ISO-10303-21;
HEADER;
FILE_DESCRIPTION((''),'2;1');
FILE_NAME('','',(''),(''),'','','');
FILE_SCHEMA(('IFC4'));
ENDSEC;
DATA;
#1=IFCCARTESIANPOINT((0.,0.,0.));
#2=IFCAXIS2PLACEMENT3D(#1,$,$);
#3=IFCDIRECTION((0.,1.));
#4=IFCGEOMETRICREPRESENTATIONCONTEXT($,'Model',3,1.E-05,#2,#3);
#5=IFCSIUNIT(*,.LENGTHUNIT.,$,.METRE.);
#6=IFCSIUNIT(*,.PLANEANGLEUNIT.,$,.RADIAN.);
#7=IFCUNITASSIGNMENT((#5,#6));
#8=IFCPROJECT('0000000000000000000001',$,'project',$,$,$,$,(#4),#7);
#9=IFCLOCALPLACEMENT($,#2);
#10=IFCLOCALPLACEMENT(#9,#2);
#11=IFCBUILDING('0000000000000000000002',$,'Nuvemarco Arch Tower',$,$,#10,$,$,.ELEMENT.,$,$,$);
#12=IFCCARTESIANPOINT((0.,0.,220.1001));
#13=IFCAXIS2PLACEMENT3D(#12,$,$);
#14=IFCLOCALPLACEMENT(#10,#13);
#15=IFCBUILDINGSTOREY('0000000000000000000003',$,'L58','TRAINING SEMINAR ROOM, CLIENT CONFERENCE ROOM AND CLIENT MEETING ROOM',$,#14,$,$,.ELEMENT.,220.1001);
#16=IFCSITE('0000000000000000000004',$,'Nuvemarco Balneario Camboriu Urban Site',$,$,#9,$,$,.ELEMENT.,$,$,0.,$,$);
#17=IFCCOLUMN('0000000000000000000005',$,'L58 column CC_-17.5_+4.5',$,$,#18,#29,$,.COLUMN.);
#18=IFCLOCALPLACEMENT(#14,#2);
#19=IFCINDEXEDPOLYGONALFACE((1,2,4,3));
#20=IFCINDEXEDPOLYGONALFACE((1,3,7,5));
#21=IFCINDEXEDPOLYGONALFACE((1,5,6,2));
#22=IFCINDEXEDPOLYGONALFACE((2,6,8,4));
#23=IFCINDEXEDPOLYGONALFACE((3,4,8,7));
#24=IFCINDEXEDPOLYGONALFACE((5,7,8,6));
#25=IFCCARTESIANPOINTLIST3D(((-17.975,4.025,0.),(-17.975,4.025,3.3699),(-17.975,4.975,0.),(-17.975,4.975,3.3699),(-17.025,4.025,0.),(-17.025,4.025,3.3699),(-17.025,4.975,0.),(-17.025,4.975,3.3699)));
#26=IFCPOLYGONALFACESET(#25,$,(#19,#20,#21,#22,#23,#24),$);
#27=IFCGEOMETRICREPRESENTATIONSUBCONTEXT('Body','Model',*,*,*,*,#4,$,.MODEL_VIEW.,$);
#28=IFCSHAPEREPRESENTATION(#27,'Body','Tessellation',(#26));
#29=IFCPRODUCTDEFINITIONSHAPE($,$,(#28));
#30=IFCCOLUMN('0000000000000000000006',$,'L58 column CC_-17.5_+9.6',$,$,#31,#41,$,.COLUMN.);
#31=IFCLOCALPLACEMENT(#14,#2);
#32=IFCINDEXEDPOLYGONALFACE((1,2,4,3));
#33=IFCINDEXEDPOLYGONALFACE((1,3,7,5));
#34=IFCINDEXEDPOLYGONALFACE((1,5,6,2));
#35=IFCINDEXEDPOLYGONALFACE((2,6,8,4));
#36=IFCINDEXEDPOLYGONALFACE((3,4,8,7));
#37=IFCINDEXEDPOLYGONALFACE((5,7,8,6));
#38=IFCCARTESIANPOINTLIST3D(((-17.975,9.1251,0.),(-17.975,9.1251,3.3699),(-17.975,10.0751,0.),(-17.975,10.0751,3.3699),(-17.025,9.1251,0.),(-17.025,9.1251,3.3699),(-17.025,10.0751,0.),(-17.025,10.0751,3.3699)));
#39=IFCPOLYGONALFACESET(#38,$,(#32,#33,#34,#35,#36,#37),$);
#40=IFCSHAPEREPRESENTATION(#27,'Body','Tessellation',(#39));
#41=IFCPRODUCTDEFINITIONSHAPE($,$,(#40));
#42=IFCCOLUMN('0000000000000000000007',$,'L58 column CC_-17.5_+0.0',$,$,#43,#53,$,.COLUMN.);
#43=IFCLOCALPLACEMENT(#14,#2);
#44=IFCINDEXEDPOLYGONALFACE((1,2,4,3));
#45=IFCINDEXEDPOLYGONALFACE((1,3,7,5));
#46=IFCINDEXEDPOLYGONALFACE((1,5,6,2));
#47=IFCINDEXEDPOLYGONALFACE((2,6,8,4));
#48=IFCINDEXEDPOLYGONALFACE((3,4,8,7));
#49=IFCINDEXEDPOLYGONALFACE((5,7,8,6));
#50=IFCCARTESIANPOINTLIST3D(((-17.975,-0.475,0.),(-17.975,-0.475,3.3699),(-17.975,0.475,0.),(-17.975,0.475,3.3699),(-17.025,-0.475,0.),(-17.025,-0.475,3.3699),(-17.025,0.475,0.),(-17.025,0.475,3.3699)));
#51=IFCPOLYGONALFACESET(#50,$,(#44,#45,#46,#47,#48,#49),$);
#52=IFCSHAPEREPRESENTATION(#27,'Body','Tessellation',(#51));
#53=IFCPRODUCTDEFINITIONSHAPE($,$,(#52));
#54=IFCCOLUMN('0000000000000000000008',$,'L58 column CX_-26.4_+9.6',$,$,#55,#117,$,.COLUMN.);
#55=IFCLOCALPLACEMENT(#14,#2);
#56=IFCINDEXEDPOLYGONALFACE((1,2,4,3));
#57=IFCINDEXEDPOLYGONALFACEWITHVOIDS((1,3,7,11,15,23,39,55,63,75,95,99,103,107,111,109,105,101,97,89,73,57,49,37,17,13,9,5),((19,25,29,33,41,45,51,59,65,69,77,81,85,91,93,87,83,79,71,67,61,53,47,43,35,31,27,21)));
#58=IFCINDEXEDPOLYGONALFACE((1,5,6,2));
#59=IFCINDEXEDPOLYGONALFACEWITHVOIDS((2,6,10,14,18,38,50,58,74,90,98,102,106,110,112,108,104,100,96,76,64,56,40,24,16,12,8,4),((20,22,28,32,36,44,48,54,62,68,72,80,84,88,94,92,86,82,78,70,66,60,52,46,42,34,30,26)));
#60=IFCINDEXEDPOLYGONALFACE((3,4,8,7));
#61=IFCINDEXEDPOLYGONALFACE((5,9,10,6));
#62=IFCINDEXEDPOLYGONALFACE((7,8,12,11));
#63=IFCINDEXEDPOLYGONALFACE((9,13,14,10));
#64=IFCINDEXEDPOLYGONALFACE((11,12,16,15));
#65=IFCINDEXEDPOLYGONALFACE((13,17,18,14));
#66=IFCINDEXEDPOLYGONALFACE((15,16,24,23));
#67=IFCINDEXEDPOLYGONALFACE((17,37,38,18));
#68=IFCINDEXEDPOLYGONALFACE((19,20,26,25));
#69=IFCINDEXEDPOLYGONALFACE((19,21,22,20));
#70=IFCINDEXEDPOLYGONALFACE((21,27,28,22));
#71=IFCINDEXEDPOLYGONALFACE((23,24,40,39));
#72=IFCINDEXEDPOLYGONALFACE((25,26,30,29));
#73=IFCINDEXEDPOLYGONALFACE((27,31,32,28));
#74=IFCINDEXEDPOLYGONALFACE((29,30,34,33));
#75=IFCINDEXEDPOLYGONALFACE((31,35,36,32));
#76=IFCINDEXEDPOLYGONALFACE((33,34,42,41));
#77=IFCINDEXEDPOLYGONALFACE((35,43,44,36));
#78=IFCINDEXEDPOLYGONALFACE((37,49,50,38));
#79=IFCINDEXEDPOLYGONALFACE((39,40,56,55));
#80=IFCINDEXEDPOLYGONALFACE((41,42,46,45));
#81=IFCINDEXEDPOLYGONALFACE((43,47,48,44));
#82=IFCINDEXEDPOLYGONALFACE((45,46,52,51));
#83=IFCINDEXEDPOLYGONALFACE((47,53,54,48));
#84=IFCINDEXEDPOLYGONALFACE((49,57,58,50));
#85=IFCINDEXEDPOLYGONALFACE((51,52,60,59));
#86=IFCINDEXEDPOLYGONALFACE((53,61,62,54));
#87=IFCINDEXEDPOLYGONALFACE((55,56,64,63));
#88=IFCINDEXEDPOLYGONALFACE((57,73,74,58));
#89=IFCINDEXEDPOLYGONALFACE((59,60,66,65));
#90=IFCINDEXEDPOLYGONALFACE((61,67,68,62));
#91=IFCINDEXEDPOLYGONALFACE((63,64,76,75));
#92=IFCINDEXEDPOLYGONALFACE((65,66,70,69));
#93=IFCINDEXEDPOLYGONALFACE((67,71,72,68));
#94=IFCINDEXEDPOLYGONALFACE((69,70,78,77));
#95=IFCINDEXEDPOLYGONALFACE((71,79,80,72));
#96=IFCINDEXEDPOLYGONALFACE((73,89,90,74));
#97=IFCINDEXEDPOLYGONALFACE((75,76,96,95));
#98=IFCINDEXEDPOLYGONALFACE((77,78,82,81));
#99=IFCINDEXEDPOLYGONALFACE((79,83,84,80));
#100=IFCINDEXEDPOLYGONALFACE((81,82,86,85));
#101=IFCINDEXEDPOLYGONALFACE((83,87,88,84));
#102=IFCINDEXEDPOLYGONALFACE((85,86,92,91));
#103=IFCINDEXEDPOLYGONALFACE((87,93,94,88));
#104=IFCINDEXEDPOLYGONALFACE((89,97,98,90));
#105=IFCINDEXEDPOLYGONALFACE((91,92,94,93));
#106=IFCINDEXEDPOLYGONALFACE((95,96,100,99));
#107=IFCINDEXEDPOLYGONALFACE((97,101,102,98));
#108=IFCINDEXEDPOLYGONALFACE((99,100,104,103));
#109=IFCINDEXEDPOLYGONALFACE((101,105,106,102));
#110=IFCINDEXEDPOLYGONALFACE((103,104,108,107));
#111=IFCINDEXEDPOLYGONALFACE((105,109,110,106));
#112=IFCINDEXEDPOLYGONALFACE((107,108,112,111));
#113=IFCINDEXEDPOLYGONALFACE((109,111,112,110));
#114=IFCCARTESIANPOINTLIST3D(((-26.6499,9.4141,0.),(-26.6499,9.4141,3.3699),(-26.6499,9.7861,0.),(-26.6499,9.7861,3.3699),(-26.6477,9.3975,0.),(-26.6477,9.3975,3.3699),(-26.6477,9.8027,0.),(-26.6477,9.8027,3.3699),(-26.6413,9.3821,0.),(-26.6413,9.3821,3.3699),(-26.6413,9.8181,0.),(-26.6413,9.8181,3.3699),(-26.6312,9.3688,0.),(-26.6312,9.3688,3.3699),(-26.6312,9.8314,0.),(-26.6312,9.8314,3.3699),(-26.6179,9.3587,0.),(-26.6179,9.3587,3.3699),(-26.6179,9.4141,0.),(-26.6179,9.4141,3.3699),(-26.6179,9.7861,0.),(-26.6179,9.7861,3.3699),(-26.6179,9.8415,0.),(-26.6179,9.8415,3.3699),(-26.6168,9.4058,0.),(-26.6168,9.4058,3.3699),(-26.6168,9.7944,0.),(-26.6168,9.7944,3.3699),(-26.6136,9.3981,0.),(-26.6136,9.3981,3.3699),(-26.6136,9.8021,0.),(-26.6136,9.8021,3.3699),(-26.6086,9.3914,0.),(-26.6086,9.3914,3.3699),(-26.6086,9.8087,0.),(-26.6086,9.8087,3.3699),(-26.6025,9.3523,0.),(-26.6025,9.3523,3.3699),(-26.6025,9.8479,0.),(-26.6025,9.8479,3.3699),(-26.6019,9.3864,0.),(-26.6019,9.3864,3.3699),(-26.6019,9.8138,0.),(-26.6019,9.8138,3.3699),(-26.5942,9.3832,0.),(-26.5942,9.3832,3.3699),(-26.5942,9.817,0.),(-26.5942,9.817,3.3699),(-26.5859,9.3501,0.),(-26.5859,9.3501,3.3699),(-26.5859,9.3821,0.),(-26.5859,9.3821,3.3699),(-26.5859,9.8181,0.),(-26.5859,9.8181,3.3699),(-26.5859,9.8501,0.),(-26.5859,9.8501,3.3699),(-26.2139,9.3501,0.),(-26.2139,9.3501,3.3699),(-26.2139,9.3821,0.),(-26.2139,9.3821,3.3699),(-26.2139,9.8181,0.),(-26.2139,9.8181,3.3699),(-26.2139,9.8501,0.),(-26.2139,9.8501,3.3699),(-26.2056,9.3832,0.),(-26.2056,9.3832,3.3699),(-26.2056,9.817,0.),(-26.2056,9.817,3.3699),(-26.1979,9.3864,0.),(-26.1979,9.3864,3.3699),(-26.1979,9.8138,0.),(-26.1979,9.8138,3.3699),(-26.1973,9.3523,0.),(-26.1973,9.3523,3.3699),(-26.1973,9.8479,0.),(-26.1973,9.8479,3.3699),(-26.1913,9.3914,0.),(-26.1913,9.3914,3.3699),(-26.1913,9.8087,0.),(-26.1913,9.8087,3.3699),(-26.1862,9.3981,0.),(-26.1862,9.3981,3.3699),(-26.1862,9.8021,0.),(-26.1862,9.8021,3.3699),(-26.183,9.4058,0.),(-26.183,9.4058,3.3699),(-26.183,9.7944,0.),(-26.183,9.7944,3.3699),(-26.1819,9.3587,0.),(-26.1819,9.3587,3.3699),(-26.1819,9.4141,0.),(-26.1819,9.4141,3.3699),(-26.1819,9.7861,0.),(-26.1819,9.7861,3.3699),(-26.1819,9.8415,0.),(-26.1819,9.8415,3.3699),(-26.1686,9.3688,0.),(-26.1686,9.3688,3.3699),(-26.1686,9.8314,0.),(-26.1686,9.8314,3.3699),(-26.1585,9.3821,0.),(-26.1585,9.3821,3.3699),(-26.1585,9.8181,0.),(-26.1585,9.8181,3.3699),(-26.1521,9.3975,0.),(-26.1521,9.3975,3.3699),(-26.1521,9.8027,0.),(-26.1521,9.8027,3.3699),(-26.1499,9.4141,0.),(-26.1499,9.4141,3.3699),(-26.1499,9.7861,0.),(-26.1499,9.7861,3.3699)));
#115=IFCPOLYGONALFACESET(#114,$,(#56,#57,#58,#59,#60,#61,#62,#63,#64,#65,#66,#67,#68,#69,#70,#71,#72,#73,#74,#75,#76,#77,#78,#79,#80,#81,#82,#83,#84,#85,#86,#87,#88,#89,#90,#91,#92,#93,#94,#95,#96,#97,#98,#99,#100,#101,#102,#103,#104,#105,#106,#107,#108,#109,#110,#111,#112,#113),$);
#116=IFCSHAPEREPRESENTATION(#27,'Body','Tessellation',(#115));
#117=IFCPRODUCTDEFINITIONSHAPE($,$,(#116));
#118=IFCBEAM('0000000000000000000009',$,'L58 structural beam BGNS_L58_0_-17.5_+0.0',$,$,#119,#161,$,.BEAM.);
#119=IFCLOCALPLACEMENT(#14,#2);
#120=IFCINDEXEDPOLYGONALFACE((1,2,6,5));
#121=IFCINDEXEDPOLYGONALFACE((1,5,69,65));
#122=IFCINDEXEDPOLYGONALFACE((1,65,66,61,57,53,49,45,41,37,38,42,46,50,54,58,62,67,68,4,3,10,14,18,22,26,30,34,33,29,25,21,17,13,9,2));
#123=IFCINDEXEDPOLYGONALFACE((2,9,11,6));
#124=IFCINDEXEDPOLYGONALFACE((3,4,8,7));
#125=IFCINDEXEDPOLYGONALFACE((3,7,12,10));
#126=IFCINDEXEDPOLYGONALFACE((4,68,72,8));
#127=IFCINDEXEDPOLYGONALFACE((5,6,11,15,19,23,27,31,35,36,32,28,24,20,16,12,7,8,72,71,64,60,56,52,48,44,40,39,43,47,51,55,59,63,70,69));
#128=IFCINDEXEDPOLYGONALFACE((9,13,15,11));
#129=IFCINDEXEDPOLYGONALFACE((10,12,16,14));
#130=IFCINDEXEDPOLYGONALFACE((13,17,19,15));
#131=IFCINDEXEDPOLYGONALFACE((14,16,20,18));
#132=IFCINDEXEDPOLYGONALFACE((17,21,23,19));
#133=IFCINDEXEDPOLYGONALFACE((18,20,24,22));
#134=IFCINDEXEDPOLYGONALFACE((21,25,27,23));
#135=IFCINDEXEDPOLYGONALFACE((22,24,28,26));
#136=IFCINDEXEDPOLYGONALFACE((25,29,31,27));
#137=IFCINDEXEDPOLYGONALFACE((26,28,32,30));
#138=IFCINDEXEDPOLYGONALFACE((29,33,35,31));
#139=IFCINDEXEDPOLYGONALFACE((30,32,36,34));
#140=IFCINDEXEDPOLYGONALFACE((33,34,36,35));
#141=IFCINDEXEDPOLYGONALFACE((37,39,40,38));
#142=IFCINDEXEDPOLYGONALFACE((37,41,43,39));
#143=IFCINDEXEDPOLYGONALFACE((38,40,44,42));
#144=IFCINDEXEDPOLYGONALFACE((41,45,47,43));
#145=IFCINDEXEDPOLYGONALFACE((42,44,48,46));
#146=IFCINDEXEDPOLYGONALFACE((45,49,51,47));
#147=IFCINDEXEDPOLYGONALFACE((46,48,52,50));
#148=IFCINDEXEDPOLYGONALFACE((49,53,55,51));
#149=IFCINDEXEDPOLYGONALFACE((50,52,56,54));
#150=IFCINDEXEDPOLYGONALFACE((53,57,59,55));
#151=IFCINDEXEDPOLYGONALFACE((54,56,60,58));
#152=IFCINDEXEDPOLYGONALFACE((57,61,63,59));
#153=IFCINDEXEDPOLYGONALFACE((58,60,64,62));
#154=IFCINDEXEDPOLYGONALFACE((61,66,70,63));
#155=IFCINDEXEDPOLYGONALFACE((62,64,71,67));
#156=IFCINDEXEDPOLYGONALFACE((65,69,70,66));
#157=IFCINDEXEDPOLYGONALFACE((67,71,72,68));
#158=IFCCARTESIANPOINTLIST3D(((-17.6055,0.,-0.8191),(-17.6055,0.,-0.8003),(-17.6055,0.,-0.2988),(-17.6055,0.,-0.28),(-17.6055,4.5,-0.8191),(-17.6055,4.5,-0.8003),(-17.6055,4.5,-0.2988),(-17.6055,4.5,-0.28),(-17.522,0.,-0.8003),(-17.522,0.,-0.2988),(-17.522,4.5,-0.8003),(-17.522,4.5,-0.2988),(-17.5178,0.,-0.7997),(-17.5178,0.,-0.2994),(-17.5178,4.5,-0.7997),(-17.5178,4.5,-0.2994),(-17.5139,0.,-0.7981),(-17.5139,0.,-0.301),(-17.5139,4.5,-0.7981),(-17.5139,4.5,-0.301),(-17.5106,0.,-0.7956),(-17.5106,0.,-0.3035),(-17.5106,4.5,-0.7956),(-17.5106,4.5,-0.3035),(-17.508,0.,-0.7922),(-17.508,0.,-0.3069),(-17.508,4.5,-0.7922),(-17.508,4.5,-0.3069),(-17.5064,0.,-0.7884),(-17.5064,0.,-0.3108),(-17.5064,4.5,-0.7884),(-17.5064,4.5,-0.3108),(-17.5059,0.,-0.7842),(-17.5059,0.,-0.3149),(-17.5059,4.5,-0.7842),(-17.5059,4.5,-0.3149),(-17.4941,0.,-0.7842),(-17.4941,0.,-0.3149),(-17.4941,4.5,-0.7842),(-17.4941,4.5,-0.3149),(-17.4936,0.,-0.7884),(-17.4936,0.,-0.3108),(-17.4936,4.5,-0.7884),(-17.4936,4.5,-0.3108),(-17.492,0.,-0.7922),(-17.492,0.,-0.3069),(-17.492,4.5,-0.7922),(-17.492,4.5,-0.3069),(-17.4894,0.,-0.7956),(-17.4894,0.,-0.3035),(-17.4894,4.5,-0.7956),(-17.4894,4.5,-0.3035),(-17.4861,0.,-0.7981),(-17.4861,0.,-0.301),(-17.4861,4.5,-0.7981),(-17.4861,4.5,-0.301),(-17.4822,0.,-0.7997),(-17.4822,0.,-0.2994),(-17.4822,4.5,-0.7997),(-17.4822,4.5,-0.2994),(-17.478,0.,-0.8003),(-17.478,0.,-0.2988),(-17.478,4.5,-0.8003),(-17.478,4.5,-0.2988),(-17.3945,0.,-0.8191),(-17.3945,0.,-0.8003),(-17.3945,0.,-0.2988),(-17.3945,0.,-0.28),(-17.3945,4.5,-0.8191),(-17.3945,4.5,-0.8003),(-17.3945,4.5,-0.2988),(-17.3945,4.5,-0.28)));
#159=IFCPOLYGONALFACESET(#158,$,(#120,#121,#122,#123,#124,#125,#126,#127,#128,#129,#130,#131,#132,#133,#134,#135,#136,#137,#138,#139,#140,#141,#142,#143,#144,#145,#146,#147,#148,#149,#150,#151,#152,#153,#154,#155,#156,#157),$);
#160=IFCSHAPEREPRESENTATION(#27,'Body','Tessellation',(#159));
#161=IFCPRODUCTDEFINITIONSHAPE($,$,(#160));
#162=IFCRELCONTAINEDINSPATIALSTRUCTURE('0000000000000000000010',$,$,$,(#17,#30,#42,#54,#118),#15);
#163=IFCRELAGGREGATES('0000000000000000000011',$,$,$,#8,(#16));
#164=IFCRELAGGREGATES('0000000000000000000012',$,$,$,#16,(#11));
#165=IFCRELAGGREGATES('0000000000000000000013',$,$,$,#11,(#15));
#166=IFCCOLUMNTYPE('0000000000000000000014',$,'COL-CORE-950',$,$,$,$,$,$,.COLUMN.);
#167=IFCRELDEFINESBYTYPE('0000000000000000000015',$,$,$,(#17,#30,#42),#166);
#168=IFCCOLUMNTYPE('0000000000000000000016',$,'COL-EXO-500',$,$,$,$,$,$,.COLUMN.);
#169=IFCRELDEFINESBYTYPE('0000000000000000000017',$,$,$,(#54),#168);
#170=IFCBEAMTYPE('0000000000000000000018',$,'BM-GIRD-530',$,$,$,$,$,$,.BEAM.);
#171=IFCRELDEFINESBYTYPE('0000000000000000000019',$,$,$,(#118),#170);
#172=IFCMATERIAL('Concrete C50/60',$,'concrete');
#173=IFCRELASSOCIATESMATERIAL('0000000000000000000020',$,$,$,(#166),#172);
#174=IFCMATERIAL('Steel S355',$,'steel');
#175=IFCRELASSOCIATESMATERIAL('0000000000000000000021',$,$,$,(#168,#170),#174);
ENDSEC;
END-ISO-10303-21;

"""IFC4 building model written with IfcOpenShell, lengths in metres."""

from ifc_helpers import new_model, si_unit, direction, frame, origin, origin_2d, place, context, subcontext, project, spatial, rectangle, hollow_rectangle, i_section, extrude, material, material_profile, profile_set, type_object, element, save


model = new_model("IFC4")

# Units and contexts
model_context = context("Model", 3, precision=1e-05, world=origin(), true_north=direction((0.0, 1.0)))
body_context = subcontext(model_context, "Body", "Model", "MODEL_VIEW")
ifc_project = project(units=[si_unit("LENGTHUNIT", "METRE"), si_unit("PLANEANGLEUNIT", "RADIAN")], contexts=[model_context])

# Site, building, storey
site_placement = place(None, origin())
site = spatial("IfcSite", under=ifc_project, at=site_placement, Name="Nuvemarco Balneario Camboriu Urban Site", CompositionType="ELEMENT", RefElevation=0.0)
building_placement = place(site_placement, origin())
building = spatial("IfcBuilding", under=site, at=building_placement, Name="Nuvemarco Arch Tower", CompositionType="ELEMENT")
storey_placement = place(building_placement, frame((0.0, 0.0, 220.1001)))
storey = spatial("IfcBuildingStorey", under=building, at=storey_placement, Name="L58", Description="TRAINING SEMINAR ROOM, CLIENT CONFERENCE ROOM AND CLIENT MEETING ROOM", CompositionType="ELEMENT", Elevation=220.1001)

# Columns
ifc_material_1 = material(Name="Concrete C50/60", Category="concrete")
ifc_material_profile_1 = material_profile(ifc_material_1, rectangle(XDim=0.95, YDim=0.95, at=origin_2d()), Name="RC-COL-950x950")
ifc_profile_set_1 = profile_set([ifc_material_profile_1], Name="Concrete C50/60")
column_type_1 = type_object("IfcColumnType", Name="COL-CORE-950", PredefinedType="COLUMN", material=ifc_profile_set_1)
for number, where, z_axis, x_axis, name in (
    (1, (-17.5, 4.5, 0.0), (0.0, 0.0, 1.0), (1.0, 0.0, 0.0), "L58 column CC_-17.5_+4.5"),
    (2, (-17.5, 9.6001, 0.0), (0.0, 0.0, 1.0), (1.0, 0.0, 0.0), "L58 column CC_-17.5_+9.6"),
    (3, (-17.5, 0.0, 0.0), (0.0, 0.0, 1.0), (1.0, 0.0, 0.0), "L58 column CC_-17.5_+0.0"),
):
    element("IfcColumn", number, at=place(storey_placement, frame(where, z_axis=z_axis, x_axis=x_axis)), inside=storey, type_object=column_type_1, Name=name, PredefinedType="COLUMN", context=body_context, shape_type="SweptSolid", body=[
        extrude(rectangle(XDim=0.95, YDim=0.95, at=origin_2d()), origin(), (0.0, 0.0, 1.0), 3.3699),
    ])
ifc_material_2 = material(Name="Steel S355", Category="steel")
ifc_material_profile_2 = material_profile(ifc_material_2, hollow_rectangle(XDim=0.5, YDim=0.5, WallThickness=0.032, InnerFilletRadius=0.032, OuterFilletRadius=0.064, at=origin_2d()), Name="SHS500x500x32")
ifc_profile_set_2 = profile_set([ifc_material_profile_2], Name="Steel S355")
column_type_2 = type_object("IfcColumnType", Name="COL-EXO-500", PredefinedType="COLUMN", material=ifc_profile_set_2)
column_placement = place(storey_placement, frame((-26.3999, 9.6001, 0.0), z_axis=(0.0, 0.0, 1.0), x_axis=(1.0, 0.0, 0.0)))
element("IfcColumn", 4, at=column_placement, inside=storey, type_object=column_type_2, Name="L58 column CX_-26.4_+9.6", PredefinedType="COLUMN", context=body_context, shape_type="SweptSolid", body=[
    extrude(hollow_rectangle(XDim=0.5, YDim=0.5, WallThickness=0.032, InnerFilletRadius=0.032, OuterFilletRadius=0.064, at=origin_2d()), origin(), (0.0, 0.0, 1.0), 3.3699),
])

# Beam
ifc_material_profile_3 = material_profile(ifc_material_2, i_section(OverallWidth=0.2109, OverallDepth=0.5391, WebThickness=0.0117, FlangeThickness=0.0188, FilletRadius=0.0161, at=origin_2d()), Name="W530x109")
ifc_profile_set_3 = profile_set([ifc_material_profile_3], Name="Steel S355")
beam_type_1 = type_object("IfcBeamType", Name="BM-GIRD-530", PredefinedType="BEAM", material=ifc_profile_set_3)
beam_1_placement = place(storey_placement, frame((-17.5, 0.0, -0.5496), z_axis=(0.0, 1.0, 0.0), x_axis=(-1.0, 0.0, 0.0)))
element("IfcBeam", 5, at=beam_1_placement, inside=storey, type_object=beam_type_1, Name="L58 structural beam BGNS_L58_0_-17.5_+0.0", PredefinedType="BEAM", context=body_context, shape_type="SweptSolid", body=[
    extrude(i_section(OverallWidth=0.2109, OverallDepth=0.5391, WebThickness=0.0117, FlangeThickness=0.0188, FilletRadius=0.0161, at=origin_2d()), origin(), (0.0, 0.0, 1.0), 4.5),
])

save(model, "model.ifc")
